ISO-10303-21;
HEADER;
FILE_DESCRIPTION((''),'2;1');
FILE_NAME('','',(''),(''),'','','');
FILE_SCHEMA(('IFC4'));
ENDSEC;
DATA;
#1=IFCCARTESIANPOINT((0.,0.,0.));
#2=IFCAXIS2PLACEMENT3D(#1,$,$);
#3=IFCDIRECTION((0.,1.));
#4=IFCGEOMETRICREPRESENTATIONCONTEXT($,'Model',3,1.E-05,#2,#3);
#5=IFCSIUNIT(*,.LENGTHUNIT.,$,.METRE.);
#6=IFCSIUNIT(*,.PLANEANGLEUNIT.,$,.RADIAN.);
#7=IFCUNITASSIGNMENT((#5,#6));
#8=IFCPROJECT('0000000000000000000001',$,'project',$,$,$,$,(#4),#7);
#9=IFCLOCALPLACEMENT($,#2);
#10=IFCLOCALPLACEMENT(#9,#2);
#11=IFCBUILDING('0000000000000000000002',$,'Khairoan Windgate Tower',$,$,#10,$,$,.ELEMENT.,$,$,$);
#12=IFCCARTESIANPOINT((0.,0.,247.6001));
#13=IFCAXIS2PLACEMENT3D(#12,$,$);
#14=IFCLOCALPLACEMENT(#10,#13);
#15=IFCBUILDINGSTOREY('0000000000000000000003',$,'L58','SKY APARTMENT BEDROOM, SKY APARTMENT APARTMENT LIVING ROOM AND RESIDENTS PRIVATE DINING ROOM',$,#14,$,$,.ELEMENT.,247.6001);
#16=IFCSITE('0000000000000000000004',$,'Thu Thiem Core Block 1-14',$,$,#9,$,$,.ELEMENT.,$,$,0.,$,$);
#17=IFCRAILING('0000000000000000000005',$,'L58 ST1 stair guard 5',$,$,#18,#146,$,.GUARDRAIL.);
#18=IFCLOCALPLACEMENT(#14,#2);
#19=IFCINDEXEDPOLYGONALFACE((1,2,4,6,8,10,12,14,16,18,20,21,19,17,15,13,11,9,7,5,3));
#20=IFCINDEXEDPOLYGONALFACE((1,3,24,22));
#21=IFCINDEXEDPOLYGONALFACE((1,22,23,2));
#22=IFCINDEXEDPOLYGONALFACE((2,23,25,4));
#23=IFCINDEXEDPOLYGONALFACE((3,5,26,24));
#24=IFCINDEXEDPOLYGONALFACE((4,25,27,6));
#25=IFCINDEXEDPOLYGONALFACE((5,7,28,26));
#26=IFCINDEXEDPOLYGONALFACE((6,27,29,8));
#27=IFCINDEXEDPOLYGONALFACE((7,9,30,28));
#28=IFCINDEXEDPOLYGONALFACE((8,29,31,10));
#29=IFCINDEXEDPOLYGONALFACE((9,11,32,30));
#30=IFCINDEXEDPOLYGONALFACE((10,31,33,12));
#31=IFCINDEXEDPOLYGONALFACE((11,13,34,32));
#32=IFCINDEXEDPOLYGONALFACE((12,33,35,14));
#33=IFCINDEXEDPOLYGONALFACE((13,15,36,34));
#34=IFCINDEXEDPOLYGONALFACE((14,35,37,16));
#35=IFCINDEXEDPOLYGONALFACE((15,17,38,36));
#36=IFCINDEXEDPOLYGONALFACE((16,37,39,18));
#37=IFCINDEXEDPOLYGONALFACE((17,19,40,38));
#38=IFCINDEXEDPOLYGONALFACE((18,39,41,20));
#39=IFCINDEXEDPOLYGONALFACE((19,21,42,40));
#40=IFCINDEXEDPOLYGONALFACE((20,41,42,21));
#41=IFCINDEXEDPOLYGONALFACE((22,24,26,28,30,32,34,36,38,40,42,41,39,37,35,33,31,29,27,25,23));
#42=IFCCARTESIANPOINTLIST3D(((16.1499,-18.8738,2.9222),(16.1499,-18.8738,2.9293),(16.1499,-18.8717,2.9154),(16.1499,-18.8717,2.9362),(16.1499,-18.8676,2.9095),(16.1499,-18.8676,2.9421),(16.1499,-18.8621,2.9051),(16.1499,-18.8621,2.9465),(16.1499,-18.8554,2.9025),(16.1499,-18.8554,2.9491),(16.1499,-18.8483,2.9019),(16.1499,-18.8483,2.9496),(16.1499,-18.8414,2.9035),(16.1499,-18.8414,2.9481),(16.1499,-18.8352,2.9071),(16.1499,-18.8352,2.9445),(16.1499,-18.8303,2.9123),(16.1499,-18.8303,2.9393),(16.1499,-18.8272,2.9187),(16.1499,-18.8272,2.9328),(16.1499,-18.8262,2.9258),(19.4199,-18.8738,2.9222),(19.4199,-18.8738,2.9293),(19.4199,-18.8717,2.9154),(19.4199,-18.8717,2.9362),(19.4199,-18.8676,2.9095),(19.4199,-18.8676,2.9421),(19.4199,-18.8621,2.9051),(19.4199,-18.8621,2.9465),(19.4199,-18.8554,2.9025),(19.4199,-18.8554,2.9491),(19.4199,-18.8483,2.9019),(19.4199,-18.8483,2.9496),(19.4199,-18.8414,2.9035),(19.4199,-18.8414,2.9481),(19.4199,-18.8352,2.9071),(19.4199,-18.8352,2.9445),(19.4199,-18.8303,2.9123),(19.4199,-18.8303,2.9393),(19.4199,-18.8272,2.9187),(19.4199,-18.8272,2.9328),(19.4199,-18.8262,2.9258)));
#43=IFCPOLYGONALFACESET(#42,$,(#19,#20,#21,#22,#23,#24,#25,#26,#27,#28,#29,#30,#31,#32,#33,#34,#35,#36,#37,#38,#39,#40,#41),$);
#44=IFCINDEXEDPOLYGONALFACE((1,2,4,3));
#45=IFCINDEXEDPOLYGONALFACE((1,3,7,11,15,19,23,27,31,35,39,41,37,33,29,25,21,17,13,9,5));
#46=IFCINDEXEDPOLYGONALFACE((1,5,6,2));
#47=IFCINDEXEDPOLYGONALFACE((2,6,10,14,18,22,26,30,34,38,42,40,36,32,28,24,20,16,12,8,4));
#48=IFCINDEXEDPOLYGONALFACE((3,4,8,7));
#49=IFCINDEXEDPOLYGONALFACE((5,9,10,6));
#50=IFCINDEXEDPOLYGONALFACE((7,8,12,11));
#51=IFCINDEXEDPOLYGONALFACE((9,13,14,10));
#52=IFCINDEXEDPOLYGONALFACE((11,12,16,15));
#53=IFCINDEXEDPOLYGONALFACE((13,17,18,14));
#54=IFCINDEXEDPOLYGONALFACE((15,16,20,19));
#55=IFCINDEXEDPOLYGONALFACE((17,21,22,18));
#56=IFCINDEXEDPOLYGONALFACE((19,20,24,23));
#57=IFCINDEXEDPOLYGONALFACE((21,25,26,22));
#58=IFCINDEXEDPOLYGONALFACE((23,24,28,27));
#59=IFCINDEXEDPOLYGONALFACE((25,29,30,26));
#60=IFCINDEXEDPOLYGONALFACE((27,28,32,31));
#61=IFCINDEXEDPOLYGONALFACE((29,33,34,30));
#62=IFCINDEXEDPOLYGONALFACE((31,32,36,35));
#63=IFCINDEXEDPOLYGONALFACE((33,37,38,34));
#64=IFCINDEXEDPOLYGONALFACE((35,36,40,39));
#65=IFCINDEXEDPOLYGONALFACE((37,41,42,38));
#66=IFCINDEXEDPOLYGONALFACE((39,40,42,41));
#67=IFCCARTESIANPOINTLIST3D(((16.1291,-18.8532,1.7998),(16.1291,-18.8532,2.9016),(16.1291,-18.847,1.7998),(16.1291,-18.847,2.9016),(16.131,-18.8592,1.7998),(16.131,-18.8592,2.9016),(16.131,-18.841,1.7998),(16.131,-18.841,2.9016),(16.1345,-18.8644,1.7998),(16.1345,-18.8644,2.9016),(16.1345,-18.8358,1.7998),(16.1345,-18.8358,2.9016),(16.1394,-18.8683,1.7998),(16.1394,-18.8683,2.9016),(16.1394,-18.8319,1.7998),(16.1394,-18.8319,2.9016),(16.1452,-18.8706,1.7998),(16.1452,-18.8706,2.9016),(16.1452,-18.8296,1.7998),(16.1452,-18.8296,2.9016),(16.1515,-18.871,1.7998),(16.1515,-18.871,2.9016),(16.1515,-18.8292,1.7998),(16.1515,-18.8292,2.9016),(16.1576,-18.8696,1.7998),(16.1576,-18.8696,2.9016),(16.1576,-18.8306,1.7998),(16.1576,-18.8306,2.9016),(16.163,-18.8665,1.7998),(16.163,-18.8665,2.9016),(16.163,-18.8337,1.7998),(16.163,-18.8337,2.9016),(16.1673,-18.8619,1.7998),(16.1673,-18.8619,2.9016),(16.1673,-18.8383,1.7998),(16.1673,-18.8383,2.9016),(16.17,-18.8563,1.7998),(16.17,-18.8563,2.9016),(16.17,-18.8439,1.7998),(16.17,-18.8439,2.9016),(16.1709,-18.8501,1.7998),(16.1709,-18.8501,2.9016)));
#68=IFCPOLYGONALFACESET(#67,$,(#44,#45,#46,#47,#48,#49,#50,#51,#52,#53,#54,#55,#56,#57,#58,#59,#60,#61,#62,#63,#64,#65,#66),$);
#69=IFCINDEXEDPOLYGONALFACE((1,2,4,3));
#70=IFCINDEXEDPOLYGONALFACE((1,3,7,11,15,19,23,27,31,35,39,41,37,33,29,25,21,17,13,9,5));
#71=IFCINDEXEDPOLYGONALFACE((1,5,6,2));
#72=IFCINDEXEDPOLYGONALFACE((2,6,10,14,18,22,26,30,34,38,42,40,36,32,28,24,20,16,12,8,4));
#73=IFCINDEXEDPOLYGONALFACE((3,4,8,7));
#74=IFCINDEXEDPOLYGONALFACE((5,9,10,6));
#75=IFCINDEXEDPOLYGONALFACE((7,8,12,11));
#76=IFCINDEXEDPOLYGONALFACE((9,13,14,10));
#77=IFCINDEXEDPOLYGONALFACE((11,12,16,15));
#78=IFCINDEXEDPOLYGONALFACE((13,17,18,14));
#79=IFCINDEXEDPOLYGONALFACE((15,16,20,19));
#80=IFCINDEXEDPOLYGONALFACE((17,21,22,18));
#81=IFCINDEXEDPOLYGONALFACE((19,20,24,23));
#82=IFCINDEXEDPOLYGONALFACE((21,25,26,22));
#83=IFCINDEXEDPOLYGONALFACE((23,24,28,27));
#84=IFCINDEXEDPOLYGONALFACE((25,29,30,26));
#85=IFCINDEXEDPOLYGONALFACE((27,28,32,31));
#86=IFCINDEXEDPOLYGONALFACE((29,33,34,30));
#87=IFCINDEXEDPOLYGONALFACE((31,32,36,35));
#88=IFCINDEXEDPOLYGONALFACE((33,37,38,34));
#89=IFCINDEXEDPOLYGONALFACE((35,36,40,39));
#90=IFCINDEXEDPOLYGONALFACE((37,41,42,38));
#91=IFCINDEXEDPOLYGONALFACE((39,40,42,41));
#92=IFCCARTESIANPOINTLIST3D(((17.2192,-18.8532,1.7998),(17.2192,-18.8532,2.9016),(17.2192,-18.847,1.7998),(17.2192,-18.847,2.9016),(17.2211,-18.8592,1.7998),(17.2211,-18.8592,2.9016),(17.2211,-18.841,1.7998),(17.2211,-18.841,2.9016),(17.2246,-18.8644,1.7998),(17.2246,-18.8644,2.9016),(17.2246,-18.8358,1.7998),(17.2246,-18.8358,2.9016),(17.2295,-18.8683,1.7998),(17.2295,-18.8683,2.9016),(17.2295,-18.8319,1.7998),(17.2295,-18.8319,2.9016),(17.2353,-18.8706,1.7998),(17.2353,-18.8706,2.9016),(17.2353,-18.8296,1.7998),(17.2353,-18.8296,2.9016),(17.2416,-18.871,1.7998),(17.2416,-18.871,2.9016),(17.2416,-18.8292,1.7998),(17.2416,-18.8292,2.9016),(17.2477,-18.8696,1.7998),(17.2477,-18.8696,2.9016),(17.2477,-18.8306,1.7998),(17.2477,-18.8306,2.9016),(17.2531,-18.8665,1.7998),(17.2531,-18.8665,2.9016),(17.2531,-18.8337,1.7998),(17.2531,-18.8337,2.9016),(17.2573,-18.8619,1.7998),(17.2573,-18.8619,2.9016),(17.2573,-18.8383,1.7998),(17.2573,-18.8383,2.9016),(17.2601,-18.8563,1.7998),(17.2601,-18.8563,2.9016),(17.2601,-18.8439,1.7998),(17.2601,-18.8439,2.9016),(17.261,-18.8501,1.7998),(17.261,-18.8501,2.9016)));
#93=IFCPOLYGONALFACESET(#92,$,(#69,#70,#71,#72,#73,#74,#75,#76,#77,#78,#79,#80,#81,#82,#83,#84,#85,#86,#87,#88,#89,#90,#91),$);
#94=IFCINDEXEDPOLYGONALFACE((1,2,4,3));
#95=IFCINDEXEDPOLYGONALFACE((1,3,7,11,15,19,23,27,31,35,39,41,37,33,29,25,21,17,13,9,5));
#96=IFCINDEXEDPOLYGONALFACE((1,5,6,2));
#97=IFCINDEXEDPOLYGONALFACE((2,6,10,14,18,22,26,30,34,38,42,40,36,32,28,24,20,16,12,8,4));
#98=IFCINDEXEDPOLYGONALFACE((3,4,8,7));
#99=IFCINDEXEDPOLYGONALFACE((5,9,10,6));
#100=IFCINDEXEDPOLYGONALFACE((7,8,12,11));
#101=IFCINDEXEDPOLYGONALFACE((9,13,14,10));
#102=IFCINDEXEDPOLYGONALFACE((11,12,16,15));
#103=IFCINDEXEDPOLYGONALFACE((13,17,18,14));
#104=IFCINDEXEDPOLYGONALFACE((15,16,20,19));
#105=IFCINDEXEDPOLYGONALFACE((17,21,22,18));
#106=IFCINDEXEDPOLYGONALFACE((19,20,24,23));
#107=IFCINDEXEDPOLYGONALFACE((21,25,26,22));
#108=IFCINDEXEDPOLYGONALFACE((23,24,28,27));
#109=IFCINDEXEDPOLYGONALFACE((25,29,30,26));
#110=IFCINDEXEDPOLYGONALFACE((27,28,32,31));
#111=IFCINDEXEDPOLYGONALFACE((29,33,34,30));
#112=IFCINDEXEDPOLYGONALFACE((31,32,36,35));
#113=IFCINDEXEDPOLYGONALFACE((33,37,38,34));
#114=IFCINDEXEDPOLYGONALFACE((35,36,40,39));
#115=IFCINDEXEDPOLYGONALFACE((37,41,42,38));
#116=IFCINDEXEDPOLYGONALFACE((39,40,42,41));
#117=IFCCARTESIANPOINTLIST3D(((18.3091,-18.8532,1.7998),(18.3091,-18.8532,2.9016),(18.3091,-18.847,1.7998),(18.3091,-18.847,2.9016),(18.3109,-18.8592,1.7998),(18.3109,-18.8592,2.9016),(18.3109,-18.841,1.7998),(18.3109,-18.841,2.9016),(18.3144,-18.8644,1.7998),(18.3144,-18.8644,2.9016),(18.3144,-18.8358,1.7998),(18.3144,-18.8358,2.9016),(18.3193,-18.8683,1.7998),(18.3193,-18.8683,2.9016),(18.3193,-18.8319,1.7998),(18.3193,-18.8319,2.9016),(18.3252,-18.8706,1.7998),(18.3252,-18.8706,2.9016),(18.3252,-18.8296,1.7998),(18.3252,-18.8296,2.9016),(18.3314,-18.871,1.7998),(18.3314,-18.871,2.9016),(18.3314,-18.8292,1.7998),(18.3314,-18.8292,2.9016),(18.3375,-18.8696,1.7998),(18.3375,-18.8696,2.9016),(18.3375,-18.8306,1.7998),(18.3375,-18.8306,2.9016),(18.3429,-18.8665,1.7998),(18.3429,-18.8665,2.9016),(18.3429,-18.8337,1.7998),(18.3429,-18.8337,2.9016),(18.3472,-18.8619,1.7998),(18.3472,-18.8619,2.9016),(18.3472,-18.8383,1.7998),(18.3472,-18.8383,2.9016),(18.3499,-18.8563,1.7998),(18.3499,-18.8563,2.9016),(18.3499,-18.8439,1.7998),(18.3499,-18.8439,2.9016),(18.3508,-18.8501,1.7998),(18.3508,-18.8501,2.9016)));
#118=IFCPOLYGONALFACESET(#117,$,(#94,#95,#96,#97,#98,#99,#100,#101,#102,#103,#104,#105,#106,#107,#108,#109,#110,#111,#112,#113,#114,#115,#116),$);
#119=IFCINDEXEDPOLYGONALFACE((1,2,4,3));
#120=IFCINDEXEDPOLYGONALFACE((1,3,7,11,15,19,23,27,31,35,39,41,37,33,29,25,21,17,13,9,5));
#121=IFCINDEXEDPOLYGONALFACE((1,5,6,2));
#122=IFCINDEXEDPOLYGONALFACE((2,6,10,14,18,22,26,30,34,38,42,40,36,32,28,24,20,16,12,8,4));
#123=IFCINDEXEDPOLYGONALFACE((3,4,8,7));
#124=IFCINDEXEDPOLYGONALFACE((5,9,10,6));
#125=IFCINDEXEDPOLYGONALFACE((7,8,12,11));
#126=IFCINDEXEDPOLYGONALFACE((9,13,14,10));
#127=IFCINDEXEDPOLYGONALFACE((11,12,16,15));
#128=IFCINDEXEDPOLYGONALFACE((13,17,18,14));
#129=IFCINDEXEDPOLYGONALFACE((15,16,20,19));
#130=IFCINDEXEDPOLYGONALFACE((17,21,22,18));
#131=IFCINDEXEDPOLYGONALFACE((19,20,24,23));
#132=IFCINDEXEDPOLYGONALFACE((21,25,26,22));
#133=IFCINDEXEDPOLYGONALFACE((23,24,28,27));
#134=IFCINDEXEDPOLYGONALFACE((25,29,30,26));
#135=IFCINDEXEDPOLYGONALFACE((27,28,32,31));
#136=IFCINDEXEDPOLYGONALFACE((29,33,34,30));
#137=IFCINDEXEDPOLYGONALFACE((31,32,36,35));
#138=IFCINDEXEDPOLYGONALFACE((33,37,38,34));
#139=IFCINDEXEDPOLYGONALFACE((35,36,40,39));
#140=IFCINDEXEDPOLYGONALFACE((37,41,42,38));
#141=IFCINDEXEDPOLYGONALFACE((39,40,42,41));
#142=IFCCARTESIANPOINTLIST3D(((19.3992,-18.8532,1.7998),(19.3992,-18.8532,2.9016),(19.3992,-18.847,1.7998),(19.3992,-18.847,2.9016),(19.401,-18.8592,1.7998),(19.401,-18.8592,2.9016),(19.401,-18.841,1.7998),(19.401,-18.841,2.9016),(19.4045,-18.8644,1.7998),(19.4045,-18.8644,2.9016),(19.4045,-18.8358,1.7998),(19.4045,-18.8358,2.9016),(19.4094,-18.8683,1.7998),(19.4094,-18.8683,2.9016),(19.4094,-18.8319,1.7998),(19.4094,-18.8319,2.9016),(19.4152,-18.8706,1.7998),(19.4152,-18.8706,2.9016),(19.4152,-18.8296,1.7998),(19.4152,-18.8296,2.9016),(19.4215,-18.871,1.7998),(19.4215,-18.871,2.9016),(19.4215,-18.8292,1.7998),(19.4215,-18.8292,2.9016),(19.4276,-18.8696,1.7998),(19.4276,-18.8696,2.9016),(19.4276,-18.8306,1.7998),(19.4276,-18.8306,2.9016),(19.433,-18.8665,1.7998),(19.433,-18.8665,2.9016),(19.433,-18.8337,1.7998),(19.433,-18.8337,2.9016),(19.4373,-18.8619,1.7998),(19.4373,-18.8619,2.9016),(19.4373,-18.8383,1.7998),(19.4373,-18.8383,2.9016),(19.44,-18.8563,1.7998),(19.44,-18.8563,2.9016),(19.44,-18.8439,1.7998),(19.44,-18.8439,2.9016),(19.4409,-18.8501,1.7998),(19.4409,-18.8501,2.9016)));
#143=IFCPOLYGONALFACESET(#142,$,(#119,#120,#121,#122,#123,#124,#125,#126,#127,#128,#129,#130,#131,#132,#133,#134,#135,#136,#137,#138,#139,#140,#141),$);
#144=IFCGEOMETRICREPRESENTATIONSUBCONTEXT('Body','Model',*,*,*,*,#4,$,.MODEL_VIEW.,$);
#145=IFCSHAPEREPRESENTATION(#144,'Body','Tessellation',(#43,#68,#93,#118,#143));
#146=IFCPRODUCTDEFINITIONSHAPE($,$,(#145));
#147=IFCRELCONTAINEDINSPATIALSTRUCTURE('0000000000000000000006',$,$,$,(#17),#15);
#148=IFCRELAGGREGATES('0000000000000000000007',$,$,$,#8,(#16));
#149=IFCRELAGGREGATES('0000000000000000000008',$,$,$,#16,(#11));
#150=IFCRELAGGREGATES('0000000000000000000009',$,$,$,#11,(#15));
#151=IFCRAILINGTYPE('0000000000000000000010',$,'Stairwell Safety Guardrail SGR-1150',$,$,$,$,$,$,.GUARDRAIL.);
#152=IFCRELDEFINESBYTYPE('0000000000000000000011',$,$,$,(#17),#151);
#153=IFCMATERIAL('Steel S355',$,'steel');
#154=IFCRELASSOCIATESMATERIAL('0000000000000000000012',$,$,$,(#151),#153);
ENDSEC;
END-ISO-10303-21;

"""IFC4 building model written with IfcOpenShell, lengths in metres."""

from ifc_helpers import new_model, si_unit, direction, frame, origin, origin_2d, place, context, subcontext, project, spatial, circle, extrude, material, type_object, element, save


model = new_model("IFC4")

# Units and contexts
model_context = context("Model", 3, precision=1e-05, world=origin(), true_north=direction((0.0, 1.0)))
body_context = subcontext(model_context, "Body", "Model", "MODEL_VIEW")
ifc_project = project(units=[si_unit("LENGTHUNIT", "METRE"), si_unit("PLANEANGLEUNIT", "RADIAN")], contexts=[model_context])

# Site, building, storey
site_placement = place(None, origin())
site = spatial("IfcSite", under=ifc_project, at=site_placement, Name="Thu Thiem Core Block 1-14", CompositionType="ELEMENT", RefElevation=0.0)
building_placement = place(site_placement, origin())
building = spatial("IfcBuilding", under=site, at=building_placement, Name="Khairoan Windgate Tower", CompositionType="ELEMENT")
storey_placement = place(building_placement, frame((0.0, 0.0, 247.6001)))
storey = spatial("IfcBuildingStorey", under=building, at=storey_placement, Name="L58", Description="SKY APARTMENT BEDROOM, SKY APARTMENT APARTMENT LIVING ROOM AND RESIDENTS PRIVATE DINING ROOM", CompositionType="ELEMENT", Elevation=247.6001)

# Railing
ifc_material_1 = material(Name="Steel S355", Category="steel")
railing_type = type_object("IfcRailingType", Name="Stairwell Safety Guardrail SGR-1150", PredefinedType="GUARDRAIL", material=ifc_material_1)
railing_placement = place(storey_placement, frame((16.1499, -18.8501, 1.7998)))
element("IfcRailing", 1, at=railing_placement, inside=storey, type_object=railing_type, Name="L58 ST1 stair guard 5", PredefinedType="GUARDRAIL", context=body_context, shape_type="SweptSolid", body=[
    extrude(circle(Radius=0.0239, at=origin_2d()), frame((0.0, 0.0, 1.126), z_axis=(1.0, 0.0, 0.0), x_axis=(0.0, 1.0, 0.0)), (0.0, 0.0, 1.0), 3.27),
    extrude(circle(Radius=0.021, at=origin_2d()), origin(), (0.0, 0.0, 1.0), 1.1018),
    extrude(circle(Radius=0.021, at=origin_2d()), frame((1.0901, 0.0, 0.0)), (0.0, 0.0, 1.0), 1.1018),
    extrude(circle(Radius=0.021, at=origin_2d()), frame((2.1799, 0.0, 0.0)), (0.0, 0.0, 1.0), 1.1018),
    extrude(circle(Radius=0.021, at=origin_2d()), frame((3.27, 0.0, 0.0)), (0.0, 0.0, 1.0), 1.1018),
])

save(model, "model.ifc")
